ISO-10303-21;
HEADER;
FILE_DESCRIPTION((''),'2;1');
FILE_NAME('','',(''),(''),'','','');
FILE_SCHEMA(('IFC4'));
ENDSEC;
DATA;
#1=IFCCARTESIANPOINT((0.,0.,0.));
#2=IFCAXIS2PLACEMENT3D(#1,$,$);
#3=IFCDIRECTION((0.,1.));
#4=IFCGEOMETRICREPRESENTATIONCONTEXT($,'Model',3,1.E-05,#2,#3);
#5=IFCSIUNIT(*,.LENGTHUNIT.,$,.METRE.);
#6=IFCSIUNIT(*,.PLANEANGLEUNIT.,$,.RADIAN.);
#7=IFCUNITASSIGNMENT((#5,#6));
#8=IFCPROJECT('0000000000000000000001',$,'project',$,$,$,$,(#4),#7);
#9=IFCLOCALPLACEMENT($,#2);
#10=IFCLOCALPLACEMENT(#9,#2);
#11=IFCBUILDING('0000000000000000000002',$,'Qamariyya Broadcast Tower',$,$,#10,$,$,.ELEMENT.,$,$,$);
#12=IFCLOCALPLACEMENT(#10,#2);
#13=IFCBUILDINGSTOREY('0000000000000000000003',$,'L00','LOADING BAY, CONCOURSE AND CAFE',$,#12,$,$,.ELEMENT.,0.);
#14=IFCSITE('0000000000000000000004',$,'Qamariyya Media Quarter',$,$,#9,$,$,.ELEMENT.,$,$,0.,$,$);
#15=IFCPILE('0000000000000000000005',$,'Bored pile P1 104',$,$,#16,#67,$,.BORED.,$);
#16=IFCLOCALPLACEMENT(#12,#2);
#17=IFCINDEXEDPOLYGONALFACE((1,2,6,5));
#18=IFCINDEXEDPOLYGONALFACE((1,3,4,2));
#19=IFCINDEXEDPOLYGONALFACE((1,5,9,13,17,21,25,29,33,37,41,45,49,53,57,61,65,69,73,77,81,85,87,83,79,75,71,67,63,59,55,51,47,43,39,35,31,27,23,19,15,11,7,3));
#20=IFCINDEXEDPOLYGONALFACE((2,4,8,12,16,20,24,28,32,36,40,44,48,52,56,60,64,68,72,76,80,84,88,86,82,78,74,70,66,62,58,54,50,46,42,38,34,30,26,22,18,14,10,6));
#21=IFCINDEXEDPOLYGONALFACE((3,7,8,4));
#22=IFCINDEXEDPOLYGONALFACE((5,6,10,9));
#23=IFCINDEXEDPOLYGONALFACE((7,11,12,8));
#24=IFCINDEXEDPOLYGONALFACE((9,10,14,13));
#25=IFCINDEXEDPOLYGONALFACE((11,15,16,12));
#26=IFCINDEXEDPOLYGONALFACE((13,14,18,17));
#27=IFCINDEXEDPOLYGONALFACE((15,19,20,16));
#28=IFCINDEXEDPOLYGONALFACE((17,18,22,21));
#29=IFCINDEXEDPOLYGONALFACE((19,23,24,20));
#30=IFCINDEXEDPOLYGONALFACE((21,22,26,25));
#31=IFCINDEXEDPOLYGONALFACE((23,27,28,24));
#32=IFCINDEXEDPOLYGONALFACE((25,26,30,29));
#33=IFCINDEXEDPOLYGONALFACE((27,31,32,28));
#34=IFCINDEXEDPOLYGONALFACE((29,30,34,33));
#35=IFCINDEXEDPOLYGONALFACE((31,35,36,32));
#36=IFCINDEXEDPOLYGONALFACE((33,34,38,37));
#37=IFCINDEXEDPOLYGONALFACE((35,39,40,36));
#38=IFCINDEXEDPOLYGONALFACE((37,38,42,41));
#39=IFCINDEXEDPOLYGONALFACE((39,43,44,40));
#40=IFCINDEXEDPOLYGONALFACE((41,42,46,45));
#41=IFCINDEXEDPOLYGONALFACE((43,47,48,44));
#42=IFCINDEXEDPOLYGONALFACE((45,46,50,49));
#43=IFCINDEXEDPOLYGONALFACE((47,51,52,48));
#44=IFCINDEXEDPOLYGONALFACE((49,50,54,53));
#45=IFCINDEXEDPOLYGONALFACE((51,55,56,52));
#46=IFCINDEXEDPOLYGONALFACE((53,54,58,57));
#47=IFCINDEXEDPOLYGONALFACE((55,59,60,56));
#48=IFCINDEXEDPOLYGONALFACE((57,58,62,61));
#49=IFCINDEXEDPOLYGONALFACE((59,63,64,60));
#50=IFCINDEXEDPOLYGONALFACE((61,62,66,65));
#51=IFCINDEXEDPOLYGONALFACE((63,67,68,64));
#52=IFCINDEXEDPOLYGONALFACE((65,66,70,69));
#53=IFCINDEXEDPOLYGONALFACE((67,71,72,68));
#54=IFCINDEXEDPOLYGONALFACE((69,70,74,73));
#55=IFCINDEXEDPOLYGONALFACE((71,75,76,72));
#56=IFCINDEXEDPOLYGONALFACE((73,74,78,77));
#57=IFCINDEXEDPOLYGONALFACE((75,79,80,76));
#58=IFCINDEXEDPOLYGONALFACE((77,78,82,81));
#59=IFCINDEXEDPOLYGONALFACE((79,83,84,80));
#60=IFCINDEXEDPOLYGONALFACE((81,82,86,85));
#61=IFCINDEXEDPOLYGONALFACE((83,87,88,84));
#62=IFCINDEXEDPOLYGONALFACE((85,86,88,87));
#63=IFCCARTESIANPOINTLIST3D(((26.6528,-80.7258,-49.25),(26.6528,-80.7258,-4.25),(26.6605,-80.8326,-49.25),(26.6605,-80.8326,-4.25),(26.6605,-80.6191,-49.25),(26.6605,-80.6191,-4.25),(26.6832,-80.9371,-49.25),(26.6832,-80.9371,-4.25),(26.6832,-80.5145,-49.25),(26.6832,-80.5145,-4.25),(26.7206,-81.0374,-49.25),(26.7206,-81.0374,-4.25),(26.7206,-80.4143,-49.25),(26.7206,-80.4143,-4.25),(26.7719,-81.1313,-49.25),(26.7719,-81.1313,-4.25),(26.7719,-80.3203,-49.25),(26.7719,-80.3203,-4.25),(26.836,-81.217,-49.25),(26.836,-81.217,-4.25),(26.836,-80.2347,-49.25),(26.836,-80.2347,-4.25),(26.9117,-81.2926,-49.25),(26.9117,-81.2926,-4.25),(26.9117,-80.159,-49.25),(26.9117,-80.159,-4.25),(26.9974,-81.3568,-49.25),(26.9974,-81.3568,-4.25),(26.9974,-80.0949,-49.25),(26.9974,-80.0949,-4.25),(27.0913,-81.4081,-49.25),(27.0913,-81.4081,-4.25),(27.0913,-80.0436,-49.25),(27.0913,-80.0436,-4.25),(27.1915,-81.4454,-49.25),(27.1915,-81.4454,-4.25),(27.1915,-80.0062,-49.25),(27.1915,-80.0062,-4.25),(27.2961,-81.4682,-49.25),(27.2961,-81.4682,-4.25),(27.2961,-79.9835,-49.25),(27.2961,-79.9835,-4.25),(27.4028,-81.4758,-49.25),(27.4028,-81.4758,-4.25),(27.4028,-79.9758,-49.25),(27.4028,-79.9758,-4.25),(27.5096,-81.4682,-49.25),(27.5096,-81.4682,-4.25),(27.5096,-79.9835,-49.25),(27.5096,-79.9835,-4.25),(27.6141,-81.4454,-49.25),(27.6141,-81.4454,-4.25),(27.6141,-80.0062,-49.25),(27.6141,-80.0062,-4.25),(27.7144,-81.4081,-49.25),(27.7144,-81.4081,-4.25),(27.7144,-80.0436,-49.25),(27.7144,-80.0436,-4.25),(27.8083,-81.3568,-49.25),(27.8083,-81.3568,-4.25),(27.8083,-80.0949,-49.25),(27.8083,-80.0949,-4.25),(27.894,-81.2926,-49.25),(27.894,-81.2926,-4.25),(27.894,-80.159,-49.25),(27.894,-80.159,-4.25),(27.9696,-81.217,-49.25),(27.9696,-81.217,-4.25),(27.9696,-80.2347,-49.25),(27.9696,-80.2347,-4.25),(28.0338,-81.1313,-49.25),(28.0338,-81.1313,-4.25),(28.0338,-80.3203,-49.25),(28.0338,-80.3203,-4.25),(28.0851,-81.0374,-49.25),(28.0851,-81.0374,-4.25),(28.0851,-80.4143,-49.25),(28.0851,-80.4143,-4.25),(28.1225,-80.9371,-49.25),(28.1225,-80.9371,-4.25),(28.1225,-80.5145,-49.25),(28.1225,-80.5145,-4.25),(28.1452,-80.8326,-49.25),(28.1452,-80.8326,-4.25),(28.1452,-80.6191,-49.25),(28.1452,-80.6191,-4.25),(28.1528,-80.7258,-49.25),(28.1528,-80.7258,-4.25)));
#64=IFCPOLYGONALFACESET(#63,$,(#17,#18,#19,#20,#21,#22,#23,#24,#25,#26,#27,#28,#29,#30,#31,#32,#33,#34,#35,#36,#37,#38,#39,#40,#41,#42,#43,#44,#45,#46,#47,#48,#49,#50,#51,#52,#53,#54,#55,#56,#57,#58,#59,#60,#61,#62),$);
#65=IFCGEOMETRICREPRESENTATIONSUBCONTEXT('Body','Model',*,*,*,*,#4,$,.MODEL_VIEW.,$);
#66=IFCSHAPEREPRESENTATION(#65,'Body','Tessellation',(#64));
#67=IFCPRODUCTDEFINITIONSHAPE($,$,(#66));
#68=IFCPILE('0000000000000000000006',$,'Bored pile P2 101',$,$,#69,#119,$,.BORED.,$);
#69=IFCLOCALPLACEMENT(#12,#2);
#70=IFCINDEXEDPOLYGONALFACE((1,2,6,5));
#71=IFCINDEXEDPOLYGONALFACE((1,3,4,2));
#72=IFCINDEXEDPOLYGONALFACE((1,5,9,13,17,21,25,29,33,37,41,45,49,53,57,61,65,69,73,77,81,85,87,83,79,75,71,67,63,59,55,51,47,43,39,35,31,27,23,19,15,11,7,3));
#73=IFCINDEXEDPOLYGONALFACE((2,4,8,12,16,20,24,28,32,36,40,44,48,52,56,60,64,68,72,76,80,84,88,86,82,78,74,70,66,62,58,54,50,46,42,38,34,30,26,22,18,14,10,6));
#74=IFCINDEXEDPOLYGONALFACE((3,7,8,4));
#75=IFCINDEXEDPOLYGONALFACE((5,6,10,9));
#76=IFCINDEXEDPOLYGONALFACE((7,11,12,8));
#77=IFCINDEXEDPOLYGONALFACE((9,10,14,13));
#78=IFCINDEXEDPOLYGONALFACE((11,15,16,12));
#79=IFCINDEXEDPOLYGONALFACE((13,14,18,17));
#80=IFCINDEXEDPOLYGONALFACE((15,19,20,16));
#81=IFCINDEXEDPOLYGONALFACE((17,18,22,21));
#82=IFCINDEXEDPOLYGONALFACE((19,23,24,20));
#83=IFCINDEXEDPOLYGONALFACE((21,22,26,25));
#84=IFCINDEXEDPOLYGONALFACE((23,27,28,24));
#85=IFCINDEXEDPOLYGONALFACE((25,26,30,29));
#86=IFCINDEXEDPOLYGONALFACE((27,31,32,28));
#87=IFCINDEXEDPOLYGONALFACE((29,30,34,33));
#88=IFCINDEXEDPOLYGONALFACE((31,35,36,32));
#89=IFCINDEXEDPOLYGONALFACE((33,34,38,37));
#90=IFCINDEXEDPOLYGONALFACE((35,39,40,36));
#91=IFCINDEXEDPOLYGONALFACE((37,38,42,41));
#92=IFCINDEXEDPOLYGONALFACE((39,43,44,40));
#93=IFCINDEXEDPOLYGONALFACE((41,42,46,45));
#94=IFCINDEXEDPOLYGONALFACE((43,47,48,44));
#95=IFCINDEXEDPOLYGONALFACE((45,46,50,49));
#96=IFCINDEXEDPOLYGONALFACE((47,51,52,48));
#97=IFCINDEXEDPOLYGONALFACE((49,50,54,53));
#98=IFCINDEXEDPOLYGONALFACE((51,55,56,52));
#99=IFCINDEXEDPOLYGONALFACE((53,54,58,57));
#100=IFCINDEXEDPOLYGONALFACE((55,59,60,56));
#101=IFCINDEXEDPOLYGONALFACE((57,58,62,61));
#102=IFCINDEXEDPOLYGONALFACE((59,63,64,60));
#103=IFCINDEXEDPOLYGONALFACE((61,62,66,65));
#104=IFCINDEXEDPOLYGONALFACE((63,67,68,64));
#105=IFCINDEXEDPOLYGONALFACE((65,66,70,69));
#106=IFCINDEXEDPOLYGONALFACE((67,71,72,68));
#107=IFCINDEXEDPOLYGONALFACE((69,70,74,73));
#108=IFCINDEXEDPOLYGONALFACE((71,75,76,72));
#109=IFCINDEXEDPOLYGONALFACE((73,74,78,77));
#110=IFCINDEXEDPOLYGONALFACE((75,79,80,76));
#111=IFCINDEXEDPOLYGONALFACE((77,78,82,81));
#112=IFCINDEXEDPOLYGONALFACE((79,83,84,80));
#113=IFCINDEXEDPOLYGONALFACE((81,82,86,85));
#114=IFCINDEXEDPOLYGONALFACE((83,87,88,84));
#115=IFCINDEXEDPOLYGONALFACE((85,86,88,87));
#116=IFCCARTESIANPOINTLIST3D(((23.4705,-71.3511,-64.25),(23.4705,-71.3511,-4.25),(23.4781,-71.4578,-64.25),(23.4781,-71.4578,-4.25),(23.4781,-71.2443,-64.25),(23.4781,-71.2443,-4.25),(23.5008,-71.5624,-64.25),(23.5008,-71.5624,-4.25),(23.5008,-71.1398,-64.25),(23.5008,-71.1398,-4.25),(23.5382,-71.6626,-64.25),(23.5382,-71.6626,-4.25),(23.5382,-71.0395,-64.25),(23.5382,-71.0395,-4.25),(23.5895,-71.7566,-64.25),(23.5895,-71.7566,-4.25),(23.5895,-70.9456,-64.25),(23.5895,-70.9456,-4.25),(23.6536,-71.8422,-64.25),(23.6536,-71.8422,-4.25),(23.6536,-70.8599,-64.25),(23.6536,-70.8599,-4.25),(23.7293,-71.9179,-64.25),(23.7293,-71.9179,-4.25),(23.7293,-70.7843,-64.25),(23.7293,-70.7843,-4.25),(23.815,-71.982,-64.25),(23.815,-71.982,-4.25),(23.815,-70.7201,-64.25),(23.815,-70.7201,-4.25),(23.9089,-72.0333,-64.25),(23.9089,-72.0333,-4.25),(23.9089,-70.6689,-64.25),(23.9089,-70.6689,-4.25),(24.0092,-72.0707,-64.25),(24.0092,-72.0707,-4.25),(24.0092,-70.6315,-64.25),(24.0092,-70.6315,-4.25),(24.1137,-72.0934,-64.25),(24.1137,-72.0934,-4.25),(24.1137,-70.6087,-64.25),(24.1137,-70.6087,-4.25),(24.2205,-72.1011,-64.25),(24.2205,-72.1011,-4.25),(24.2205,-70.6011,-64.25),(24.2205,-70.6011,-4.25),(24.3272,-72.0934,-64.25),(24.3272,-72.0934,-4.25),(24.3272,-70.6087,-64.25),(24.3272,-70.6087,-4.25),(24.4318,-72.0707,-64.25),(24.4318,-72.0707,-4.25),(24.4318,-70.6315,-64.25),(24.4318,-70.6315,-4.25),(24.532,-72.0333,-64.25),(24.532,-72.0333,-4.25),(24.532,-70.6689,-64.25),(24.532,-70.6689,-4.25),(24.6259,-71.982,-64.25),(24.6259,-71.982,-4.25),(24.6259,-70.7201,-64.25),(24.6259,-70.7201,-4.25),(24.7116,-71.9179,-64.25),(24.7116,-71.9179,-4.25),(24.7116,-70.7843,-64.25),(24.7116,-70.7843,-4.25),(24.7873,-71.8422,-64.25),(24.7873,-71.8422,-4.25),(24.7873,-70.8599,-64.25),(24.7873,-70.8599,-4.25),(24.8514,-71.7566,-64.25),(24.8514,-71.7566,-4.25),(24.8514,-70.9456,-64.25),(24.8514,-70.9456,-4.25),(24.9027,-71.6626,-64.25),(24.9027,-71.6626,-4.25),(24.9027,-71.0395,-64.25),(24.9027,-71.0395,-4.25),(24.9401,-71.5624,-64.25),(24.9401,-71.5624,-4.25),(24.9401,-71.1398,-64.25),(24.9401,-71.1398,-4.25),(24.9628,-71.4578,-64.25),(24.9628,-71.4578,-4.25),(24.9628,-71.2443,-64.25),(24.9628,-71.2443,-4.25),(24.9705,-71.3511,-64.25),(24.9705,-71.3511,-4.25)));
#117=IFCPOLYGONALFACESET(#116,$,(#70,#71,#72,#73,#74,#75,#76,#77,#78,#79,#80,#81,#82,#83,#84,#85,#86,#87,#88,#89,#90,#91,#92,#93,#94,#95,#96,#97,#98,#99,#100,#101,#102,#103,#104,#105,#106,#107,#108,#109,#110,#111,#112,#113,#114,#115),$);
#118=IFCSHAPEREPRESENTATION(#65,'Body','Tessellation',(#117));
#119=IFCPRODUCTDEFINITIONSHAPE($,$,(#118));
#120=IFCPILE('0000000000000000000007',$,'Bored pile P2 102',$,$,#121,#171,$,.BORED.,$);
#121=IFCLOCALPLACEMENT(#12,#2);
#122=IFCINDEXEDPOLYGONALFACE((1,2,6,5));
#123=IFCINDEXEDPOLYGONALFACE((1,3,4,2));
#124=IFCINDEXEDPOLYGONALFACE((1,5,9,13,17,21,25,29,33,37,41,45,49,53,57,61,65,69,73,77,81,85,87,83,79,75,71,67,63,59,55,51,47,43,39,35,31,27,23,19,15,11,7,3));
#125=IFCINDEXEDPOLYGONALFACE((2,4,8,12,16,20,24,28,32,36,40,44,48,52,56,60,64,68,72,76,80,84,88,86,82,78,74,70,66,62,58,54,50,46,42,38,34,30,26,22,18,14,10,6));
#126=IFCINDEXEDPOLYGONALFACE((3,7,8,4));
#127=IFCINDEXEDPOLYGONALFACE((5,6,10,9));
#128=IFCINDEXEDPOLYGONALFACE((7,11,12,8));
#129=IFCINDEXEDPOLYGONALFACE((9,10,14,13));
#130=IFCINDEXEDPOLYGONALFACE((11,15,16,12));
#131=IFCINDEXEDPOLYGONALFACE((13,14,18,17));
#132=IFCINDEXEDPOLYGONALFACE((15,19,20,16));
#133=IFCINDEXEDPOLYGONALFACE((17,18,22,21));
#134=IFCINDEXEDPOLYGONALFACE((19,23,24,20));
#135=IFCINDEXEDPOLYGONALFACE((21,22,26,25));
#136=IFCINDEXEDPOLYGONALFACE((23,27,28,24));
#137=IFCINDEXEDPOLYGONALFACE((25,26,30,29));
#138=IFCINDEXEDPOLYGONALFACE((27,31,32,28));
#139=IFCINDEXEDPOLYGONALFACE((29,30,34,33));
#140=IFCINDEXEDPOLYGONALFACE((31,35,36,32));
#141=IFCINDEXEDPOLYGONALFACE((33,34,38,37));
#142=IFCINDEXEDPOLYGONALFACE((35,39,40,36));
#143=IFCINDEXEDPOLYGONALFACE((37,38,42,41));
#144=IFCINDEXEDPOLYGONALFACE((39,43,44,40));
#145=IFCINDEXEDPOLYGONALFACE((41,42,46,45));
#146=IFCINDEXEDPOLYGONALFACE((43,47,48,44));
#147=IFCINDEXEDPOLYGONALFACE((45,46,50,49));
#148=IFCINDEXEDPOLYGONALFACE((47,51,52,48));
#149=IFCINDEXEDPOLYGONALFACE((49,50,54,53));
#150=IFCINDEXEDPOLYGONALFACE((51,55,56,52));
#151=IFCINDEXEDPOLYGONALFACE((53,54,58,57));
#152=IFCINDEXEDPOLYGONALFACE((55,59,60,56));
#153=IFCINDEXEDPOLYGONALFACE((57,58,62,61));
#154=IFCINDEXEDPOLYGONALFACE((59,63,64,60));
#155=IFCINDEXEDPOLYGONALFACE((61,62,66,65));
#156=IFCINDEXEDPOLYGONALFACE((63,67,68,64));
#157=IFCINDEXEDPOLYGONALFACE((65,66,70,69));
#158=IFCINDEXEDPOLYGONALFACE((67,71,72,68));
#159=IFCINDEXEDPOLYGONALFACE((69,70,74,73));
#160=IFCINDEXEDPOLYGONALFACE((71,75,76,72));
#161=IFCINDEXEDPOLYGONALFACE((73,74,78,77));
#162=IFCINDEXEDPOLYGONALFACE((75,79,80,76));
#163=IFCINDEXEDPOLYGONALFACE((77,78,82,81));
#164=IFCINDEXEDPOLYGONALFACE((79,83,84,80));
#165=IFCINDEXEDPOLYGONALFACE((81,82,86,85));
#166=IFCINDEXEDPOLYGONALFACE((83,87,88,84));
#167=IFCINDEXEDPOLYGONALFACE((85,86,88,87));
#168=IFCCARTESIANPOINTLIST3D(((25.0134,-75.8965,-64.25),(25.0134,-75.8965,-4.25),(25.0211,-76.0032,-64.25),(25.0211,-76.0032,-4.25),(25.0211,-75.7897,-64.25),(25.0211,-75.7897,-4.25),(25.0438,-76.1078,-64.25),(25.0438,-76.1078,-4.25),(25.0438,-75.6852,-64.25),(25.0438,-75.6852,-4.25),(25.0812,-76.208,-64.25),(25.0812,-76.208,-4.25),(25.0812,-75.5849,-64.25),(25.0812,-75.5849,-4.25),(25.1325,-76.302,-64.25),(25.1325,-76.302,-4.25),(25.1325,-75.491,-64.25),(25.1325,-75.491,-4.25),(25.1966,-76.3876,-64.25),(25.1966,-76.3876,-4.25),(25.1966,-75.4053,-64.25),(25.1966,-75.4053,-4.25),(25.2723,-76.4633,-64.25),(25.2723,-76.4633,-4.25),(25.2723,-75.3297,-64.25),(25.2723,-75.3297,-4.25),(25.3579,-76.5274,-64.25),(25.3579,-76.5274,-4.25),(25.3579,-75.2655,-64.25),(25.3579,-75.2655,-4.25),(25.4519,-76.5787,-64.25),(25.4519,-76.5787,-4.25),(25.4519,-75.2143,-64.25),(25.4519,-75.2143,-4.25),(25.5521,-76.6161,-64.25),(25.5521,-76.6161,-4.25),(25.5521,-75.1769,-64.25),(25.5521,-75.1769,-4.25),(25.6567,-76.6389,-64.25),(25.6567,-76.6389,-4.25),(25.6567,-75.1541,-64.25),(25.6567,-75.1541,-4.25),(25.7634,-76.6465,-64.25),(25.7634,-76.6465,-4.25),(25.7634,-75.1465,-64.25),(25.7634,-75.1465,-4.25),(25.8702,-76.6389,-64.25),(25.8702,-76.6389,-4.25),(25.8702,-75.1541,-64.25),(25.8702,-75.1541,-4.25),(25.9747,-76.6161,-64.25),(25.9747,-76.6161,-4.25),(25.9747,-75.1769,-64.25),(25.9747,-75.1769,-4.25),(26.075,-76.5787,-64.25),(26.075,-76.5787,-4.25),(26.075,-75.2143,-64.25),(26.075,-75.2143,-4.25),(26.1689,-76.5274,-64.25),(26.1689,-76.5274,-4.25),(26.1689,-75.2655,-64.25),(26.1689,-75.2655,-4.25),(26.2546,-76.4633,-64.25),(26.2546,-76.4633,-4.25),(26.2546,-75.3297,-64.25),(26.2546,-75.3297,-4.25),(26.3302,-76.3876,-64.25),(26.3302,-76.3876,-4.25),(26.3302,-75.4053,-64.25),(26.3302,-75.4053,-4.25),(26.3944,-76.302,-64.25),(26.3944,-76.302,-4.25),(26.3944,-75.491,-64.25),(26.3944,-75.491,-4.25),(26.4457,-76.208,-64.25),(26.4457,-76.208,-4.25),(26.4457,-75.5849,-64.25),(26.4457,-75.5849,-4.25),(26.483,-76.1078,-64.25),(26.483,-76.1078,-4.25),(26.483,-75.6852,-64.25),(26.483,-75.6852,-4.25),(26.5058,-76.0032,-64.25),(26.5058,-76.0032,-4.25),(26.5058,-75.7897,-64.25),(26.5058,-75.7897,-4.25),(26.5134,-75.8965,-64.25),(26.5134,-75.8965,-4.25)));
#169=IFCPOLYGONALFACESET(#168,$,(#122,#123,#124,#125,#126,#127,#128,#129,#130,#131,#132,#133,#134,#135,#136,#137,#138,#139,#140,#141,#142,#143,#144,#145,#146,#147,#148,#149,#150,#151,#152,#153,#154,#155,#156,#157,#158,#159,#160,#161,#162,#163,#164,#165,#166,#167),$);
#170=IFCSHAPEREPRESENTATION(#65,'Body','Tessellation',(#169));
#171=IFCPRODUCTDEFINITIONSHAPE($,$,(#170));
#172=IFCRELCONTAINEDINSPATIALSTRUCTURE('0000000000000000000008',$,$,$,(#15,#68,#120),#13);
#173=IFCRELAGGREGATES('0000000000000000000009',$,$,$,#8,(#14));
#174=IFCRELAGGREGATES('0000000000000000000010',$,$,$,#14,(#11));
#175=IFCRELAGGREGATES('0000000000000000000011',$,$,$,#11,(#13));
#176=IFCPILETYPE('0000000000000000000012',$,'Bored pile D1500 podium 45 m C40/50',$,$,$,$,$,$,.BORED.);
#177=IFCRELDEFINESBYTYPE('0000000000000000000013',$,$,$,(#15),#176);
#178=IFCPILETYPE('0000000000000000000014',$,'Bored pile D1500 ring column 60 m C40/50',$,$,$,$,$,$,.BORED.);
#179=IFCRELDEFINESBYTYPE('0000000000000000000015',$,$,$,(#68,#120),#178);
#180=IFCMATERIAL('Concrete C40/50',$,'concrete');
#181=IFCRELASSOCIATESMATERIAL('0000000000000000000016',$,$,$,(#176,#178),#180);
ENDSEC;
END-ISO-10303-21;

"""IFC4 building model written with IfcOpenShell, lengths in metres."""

from ifc_helpers import new_model, si_unit, direction, frame, origin, origin_2d, place, context, subcontext, project, spatial, circle, extrude, material, material_profile, profile_set, type_object, element, save


model = new_model("IFC4")

# Units and contexts
model_context = context("Model", 3, precision=1e-05, world=origin(), true_north=direction((0.0, 1.0)))
body_context = subcontext(model_context, "Body", "Model", "MODEL_VIEW")
ifc_project = project(units=[si_unit("LENGTHUNIT", "METRE"), si_unit("PLANEANGLEUNIT", "RADIAN")], contexts=[model_context])

# Site, building, storey
site_placement = place(None, origin())
site = spatial("IfcSite", under=ifc_project, at=site_placement, Name="Qamariyya Media Quarter", CompositionType="ELEMENT", RefElevation=0.0)
building_placement = place(site_placement, origin())
building = spatial("IfcBuilding", under=site, at=building_placement, Name="Qamariyya Broadcast Tower", CompositionType="ELEMENT")
storey_placement = place(building_placement, origin())
storey = spatial("IfcBuildingStorey", under=building, at=storey_placement, Name="L00", Description="LOADING BAY, CONCOURSE AND CAFE", CompositionType="ELEMENT", Elevation=0.0)

# Piles
ifc_material_1 = material(Name="Concrete C40/50", Category="concrete")
ifc_material_profile_1 = material_profile(ifc_material_1, circle(Radius=0.75, at=origin_2d()))
ifc_profile_set_1 = profile_set([ifc_material_profile_1], Name="Concrete C40/50")
pile_type_1 = type_object("IfcPileType", Name="Bored pile D1500 podium 45 m C40/50", PredefinedType="BORED", material=ifc_profile_set_1)
pile_placement = place(storey_placement, frame((27.4028, -80.7258, -4.25), z_axis=(0.0, 0.0, -1.0), x_axis=(1.0, 0.0, 0.0)))
element("IfcPile", 1, at=pile_placement, inside=storey, type_object=pile_type_1, Name="Bored pile P1 104", PredefinedType="BORED", context=body_context, shape_type="SweptSolid", body=[
    extrude(circle(Radius=0.75, at=origin_2d()), origin(), (0.0, 0.0, 1.0), 45.0),
])
ifc_material_profile_2 = material_profile(ifc_material_1, circle(Radius=0.75, at=origin_2d()))
ifc_profile_set_2 = profile_set([ifc_material_profile_2], Name="Concrete C40/50")
pile_type_2 = type_object("IfcPileType", Name="Bored pile D1500 ring column 60 m C40/50", PredefinedType="BORED", material=ifc_profile_set_2)
for number, where, z_axis, x_axis, name in (
    (2, (24.2205, -71.3511, -4.25), (0.0, 0.0, -1.0), (1.0, 0.0, 0.0), "Bored pile P2 101"),
    (3, (25.7634, -75.8965, -4.25), (0.0, 0.0, -1.0), (1.0, 0.0, 0.0), "Bored pile P2 102"),
):
    element("IfcPile", number, at=place(storey_placement, frame(where, z_axis=z_axis, x_axis=x_axis)), inside=storey, type_object=pile_type_2, Name=name, PredefinedType="BORED", context=body_context, shape_type="SweptSolid", body=[
        extrude(circle(Radius=0.75, at=origin_2d()), origin(), (0.0, 0.0, 1.0), 60.0),
    ])

save(model, "model.ifc")
